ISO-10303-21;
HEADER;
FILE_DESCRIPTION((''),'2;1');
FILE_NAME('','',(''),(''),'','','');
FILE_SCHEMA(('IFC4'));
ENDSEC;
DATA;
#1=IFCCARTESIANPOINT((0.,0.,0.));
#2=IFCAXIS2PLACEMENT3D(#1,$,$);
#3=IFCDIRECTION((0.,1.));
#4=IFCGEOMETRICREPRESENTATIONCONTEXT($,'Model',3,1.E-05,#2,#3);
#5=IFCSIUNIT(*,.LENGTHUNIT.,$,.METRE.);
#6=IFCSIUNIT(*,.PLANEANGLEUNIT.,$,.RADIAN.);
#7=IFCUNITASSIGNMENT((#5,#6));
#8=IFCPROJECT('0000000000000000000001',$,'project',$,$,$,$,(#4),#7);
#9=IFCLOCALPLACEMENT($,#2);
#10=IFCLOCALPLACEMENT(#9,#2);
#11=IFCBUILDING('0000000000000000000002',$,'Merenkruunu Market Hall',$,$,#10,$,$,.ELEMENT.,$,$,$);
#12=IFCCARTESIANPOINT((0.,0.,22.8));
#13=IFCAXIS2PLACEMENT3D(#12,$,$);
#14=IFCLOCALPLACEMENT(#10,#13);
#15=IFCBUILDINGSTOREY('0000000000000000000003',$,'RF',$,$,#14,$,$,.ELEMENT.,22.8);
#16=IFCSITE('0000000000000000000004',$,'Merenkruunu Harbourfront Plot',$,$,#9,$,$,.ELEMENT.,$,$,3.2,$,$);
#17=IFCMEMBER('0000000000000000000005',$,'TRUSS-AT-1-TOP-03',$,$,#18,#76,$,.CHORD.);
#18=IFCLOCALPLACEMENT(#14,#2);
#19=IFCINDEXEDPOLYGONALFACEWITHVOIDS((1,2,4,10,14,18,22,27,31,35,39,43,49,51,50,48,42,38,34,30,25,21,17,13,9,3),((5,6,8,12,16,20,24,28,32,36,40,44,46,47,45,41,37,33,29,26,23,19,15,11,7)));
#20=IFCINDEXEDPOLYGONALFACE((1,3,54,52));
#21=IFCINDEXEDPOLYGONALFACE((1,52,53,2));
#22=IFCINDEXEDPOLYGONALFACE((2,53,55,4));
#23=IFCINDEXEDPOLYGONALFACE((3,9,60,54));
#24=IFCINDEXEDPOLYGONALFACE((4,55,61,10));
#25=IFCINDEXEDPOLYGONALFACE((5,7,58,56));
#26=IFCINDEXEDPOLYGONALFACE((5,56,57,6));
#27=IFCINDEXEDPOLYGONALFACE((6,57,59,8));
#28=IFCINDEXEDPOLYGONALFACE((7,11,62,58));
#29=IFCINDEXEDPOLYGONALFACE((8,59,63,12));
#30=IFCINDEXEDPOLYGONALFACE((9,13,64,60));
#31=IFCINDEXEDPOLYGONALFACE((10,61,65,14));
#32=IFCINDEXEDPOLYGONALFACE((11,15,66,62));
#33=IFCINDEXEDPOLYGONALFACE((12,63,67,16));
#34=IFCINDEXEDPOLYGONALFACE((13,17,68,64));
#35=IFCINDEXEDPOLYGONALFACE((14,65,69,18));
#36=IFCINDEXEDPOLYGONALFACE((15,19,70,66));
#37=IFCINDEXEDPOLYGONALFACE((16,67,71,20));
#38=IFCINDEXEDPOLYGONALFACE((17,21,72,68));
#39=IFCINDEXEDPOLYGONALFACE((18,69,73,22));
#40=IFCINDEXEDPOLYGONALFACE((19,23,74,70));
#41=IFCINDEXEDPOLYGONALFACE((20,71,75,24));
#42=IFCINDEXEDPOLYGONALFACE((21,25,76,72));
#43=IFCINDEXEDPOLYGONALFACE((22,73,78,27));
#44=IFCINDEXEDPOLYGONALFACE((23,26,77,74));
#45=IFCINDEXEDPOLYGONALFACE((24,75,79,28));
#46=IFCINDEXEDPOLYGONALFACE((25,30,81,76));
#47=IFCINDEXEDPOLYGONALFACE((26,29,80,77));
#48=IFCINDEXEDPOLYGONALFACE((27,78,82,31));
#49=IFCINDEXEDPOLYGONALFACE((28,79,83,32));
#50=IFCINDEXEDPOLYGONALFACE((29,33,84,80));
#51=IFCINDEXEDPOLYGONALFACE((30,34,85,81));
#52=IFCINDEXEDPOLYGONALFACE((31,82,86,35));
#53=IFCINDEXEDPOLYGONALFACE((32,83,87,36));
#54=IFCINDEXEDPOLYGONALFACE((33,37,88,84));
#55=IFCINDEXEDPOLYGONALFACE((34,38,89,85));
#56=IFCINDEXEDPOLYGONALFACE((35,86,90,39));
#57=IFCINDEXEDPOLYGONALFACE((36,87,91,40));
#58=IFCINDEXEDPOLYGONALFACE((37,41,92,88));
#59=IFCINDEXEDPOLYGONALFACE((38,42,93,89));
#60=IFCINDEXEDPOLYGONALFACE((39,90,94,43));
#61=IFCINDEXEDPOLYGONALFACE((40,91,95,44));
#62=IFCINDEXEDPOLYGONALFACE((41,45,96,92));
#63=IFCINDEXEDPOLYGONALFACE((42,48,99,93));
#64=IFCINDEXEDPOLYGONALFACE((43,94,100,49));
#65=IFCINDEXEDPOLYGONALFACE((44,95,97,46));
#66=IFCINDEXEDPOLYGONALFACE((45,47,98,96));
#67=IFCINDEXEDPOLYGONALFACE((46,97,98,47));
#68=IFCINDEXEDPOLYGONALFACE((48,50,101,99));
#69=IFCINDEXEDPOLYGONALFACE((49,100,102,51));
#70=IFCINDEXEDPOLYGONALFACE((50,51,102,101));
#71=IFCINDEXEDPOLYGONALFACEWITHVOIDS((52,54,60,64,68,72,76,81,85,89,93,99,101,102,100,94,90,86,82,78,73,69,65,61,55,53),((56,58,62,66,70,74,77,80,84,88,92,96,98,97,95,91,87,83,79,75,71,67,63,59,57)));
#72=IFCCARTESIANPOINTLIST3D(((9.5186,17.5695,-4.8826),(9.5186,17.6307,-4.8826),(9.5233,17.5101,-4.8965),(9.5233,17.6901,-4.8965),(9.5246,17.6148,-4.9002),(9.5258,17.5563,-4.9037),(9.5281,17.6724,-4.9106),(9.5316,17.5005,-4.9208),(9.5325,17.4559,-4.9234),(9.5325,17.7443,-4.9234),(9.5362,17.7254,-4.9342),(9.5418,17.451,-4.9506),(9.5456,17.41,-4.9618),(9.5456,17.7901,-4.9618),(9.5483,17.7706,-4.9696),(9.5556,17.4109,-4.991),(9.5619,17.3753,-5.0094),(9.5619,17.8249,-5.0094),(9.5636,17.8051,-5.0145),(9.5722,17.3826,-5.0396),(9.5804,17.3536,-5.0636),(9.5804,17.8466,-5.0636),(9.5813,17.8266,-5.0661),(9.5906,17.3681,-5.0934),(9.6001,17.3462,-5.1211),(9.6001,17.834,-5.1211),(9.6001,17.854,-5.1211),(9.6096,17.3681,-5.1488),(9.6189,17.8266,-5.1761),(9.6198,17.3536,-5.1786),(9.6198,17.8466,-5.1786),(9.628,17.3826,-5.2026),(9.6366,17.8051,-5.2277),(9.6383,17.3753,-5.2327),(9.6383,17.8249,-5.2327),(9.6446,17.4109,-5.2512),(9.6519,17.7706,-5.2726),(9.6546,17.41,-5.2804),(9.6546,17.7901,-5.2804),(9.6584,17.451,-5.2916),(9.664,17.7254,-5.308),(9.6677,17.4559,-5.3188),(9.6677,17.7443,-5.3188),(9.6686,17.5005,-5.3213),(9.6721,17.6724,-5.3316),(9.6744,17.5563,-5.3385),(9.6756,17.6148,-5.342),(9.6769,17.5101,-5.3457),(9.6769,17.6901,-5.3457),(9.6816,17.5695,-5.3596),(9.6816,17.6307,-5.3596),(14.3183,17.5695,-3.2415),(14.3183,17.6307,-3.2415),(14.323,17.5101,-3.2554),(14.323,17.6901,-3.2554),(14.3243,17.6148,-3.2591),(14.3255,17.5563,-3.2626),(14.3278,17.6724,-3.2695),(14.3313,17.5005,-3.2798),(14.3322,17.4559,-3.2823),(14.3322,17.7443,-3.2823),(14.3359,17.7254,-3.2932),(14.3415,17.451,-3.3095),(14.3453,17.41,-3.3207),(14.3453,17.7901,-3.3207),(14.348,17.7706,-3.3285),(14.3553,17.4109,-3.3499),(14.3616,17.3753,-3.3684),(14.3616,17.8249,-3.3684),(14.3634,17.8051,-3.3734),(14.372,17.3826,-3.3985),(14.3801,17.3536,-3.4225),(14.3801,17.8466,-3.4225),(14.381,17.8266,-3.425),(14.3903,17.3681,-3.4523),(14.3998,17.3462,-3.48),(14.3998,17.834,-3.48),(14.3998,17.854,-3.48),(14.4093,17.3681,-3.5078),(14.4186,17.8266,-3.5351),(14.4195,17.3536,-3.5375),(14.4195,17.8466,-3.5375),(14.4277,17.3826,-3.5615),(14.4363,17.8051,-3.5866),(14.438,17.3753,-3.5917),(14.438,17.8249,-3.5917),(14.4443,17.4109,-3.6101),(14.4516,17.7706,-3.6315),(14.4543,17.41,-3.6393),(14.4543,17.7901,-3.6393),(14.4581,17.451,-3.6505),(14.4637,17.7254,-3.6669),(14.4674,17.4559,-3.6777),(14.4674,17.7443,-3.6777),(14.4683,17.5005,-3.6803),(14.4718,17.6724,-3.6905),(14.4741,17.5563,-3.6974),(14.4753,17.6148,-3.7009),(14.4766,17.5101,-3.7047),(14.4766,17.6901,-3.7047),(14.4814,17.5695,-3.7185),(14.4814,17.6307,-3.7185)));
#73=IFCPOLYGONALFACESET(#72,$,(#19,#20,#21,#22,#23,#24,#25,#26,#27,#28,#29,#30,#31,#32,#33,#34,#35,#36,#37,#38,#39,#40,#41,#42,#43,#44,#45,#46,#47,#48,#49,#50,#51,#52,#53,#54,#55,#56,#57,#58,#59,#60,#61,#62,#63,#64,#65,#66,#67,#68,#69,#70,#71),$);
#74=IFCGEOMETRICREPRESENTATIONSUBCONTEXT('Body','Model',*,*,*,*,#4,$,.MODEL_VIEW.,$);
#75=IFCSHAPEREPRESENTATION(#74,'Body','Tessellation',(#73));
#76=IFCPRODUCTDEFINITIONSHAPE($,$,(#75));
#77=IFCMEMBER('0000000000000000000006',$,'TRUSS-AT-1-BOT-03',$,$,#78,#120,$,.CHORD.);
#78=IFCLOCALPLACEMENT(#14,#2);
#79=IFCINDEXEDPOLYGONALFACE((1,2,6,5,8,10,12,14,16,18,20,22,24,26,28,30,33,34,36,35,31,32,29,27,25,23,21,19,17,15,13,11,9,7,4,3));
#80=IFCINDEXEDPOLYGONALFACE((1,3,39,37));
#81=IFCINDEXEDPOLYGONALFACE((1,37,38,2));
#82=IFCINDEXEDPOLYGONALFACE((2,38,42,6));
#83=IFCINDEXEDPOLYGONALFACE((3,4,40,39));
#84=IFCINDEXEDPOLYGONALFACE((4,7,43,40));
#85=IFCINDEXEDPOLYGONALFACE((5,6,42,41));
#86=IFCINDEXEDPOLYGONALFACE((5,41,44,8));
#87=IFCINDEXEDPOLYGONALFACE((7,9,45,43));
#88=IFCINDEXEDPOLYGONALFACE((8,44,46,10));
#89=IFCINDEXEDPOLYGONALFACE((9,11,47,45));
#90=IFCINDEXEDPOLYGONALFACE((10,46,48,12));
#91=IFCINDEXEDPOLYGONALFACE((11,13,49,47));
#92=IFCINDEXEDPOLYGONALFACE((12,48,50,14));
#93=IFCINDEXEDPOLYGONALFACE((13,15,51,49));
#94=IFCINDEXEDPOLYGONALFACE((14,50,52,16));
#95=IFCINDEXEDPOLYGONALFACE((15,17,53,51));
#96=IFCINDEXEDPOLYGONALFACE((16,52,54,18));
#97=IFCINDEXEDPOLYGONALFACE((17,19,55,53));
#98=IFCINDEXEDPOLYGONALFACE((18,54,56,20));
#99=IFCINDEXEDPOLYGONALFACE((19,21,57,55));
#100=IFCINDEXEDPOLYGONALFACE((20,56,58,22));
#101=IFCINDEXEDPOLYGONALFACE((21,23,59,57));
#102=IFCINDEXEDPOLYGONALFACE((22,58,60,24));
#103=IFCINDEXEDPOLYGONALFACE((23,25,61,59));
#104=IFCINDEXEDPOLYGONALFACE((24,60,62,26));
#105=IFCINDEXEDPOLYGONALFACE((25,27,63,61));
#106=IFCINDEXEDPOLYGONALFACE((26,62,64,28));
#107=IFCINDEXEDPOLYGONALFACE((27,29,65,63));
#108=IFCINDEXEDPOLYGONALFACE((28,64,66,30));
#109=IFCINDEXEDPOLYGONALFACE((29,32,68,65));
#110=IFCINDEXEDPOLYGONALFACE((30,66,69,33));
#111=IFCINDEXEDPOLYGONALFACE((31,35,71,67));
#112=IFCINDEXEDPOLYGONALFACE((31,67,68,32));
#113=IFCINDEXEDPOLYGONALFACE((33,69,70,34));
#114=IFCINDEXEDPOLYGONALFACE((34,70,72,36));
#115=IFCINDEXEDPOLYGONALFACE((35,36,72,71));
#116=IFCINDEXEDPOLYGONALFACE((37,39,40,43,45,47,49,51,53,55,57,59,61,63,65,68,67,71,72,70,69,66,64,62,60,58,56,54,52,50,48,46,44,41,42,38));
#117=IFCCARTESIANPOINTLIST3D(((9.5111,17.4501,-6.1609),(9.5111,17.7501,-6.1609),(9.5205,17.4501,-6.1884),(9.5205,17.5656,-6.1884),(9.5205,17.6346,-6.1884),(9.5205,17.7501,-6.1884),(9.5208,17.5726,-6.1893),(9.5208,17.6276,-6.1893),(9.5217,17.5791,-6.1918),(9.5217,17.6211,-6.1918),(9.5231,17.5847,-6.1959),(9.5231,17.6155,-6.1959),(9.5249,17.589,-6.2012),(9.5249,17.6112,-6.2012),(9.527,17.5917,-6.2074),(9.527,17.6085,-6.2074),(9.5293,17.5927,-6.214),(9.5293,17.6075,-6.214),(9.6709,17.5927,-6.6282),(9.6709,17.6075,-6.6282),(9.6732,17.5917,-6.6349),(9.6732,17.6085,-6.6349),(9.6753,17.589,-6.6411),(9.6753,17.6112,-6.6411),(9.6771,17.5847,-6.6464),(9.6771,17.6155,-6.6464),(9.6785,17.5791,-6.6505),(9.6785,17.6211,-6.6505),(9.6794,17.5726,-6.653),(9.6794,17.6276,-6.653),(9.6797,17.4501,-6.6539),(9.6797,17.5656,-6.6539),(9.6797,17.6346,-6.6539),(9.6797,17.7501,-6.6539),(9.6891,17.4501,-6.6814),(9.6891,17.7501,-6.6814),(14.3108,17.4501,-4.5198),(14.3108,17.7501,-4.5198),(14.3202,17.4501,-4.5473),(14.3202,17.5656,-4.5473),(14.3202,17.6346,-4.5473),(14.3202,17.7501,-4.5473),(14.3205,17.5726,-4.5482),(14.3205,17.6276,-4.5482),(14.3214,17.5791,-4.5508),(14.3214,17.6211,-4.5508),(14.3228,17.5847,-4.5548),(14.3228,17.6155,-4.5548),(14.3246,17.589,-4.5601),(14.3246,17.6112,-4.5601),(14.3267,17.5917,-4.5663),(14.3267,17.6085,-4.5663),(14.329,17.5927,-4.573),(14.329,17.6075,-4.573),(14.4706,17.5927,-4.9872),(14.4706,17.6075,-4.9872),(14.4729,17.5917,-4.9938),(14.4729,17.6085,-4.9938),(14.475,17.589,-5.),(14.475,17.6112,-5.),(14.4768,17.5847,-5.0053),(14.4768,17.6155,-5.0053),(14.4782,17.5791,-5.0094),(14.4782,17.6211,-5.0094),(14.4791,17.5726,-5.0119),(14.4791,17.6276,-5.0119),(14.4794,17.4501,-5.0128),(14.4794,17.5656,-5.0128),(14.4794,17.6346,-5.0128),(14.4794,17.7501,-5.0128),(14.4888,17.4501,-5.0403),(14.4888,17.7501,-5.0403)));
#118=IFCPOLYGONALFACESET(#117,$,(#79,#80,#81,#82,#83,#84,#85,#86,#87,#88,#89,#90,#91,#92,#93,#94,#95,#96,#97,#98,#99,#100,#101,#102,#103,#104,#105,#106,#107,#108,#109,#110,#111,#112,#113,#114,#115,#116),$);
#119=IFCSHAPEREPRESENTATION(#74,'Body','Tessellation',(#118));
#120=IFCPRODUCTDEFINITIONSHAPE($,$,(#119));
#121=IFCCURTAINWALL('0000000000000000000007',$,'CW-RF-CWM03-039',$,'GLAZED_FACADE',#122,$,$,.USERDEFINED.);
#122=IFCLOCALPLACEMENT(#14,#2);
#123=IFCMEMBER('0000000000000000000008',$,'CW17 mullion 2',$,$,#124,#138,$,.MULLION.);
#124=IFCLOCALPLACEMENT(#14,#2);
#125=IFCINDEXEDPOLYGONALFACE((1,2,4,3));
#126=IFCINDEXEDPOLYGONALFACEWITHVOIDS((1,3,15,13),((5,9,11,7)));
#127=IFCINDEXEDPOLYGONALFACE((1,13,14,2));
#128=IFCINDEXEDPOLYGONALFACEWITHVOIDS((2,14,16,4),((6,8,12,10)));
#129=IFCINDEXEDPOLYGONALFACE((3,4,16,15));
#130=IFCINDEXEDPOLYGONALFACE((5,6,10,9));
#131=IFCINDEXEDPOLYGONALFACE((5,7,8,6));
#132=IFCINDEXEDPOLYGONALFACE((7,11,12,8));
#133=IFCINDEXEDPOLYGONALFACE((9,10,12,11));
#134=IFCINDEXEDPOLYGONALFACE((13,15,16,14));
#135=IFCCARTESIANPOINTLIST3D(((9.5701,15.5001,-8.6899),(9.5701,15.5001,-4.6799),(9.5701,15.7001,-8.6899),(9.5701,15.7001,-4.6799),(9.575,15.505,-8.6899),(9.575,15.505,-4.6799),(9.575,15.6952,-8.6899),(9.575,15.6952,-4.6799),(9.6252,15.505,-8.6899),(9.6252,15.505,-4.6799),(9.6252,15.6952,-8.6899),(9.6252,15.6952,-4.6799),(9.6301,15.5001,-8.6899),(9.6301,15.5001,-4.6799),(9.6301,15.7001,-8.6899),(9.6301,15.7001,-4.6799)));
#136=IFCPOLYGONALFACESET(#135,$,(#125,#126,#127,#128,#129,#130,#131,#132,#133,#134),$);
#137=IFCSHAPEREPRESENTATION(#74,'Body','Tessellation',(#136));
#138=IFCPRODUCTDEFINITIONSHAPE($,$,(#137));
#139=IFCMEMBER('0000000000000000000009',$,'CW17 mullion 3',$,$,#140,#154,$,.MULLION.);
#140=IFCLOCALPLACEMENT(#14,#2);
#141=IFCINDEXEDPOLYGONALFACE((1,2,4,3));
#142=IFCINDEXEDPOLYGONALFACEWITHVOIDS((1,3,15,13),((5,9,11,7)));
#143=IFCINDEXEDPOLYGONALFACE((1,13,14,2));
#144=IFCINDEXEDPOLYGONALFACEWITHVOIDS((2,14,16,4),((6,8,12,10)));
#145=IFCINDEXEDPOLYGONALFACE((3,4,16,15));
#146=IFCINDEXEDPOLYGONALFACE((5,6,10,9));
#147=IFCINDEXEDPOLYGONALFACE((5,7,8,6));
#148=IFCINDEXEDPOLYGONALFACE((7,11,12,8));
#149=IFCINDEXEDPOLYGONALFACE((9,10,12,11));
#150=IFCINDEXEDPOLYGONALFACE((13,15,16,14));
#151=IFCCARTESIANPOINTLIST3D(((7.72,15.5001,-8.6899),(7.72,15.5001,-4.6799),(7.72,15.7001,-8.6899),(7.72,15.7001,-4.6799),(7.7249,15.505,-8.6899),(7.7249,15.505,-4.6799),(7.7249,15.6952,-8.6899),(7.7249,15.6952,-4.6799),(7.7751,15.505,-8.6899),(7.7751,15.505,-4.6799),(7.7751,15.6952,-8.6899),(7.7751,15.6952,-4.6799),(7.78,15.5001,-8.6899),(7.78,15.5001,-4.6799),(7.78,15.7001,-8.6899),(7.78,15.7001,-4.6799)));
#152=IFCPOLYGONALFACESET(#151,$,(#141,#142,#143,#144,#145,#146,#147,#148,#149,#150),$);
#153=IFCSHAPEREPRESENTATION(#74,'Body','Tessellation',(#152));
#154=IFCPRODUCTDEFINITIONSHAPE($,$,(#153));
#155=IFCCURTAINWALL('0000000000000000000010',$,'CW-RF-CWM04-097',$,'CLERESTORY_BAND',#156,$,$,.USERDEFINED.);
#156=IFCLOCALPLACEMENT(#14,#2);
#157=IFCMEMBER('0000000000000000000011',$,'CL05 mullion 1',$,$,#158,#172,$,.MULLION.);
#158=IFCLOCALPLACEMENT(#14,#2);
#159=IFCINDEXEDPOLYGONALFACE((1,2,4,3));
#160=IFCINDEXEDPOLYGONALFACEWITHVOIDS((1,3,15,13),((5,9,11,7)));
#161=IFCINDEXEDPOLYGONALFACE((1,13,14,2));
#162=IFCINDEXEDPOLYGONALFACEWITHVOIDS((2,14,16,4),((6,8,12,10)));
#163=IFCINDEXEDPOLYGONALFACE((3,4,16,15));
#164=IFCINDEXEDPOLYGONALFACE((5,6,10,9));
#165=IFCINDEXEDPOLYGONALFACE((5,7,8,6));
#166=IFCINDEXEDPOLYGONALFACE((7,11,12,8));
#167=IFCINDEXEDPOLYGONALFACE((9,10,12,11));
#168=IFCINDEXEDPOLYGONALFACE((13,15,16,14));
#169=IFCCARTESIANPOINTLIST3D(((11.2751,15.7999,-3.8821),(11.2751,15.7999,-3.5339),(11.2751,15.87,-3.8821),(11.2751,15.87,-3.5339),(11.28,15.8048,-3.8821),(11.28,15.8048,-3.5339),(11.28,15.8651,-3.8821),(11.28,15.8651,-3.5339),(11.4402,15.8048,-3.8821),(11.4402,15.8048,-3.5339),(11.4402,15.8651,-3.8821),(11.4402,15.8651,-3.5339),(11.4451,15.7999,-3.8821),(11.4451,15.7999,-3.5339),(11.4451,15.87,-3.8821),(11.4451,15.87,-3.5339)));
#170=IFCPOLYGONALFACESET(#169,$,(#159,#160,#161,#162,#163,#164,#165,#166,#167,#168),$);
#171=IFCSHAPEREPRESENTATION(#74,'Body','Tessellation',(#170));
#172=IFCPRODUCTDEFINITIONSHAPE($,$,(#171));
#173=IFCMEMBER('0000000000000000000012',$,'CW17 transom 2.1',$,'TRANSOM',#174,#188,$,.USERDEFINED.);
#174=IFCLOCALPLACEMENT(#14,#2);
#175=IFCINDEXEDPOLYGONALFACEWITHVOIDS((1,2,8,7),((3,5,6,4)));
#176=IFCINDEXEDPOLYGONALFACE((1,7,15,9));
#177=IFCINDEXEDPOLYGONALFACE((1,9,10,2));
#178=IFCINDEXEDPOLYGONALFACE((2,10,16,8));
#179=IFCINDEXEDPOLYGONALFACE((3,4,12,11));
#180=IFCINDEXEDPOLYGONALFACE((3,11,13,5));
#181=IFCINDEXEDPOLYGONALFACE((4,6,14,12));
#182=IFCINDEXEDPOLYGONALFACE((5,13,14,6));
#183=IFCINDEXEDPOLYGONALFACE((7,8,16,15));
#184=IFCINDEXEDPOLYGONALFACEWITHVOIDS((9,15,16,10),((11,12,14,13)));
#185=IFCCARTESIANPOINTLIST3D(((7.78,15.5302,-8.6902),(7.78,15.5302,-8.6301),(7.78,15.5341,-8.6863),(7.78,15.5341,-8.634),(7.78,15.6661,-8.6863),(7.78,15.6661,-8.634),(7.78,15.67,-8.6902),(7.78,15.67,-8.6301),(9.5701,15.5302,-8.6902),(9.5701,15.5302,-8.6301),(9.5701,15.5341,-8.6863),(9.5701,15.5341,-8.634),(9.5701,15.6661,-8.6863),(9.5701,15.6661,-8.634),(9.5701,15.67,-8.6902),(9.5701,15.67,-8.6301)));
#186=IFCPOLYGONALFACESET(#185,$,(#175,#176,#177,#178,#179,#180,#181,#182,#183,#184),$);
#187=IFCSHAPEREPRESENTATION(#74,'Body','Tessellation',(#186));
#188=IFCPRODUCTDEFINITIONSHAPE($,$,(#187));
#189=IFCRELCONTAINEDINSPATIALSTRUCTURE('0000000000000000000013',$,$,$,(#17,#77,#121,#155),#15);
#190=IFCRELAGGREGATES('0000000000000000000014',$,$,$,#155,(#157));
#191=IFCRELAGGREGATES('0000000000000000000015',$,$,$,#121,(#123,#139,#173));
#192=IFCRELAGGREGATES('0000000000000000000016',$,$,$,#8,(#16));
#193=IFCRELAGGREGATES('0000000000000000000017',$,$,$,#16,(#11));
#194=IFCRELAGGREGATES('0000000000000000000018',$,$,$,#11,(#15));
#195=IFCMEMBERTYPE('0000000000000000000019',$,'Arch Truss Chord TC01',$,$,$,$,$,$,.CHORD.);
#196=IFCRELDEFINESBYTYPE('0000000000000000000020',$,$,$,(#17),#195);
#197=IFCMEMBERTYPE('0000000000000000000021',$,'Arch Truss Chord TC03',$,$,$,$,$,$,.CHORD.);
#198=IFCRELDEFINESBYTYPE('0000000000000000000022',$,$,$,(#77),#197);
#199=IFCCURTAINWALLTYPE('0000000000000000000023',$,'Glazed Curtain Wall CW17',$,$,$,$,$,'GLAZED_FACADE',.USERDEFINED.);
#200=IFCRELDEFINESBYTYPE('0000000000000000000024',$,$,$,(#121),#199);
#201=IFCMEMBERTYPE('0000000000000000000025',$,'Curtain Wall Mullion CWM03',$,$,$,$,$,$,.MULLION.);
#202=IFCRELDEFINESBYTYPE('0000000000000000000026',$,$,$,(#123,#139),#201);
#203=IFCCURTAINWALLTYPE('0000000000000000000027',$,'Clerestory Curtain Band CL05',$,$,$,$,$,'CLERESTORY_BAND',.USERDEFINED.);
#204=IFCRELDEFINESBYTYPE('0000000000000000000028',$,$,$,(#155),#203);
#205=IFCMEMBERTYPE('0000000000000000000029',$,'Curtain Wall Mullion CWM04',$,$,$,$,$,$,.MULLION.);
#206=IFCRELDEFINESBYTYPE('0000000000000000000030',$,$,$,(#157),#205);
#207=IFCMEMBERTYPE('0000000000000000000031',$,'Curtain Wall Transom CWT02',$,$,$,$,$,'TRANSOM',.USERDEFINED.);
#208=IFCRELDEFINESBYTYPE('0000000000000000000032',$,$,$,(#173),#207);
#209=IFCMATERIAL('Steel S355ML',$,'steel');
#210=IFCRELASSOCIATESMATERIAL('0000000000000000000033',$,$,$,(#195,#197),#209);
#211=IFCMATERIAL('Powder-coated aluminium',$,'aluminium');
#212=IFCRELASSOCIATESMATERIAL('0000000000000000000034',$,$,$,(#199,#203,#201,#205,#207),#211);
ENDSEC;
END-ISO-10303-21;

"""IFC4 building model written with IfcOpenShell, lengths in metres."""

from ifc_helpers import new_model, si_unit, direction, frame, origin, origin_2d, place, context, subcontext, project, spatial, hollow_rectangle, hollow_circle, i_section, extrude, material, material_profile, profile_set, type_object, element, aggregate, save


model = new_model("IFC4")

# Units and contexts
model_context = context("Model", 3, precision=1e-05, world=origin(), true_north=direction((0.0, 1.0)))
body_context = subcontext(model_context, "Body", "Model", "MODEL_VIEW")
ifc_project = project(units=[si_unit("LENGTHUNIT", "METRE"), si_unit("PLANEANGLEUNIT", "RADIAN")], contexts=[model_context])

# Site, building, storey
site_placement = place(None, origin())
site = spatial("IfcSite", under=ifc_project, at=site_placement, Name="Merenkruunu Harbourfront Plot", CompositionType="ELEMENT", RefElevation=3.2)
building_placement = place(site_placement, origin())
building = spatial("IfcBuilding", under=site, at=building_placement, Name="Merenkruunu Market Hall", CompositionType="ELEMENT")
storey_placement = place(building_placement, frame((0.0, 0.0, 22.8)))
storey = spatial("IfcBuildingStorey", under=building, at=storey_placement, Name="RF", CompositionType="ELEMENT", Elevation=22.8)

# Members
ifc_material_1 = material(Name="Steel S355ML", Category="steel")
ifc_material_profile_1 = material_profile(ifc_material_1, hollow_circle(Radius=0.2539, WallThickness=0.02, at=origin_2d()), Name="CHS 508x20")
ifc_profile_set_1 = profile_set([ifc_material_profile_1], Name="Steel S355ML")
member_type_1 = type_object("IfcMemberType", Name="Arch Truss Chord TC01", PredefinedType="CHORD", material=ifc_profile_set_1)
member_1_placement = place(storey_placement, frame((9.6001, 17.6001, -5.1211), z_axis=(0.94622, 0.0, 0.323524), x_axis=(0.0, 1.0, 0.0)))
element("IfcMember", 1, at=member_1_placement, inside=storey, type_object=member_type_1, Name="TRUSS-AT-1-TOP-03", PredefinedType="CHORD", context=body_context, shape_type="SweptSolid", body=[
    extrude(hollow_circle(Radius=0.2539, WallThickness=0.02, at=origin_2d()), origin(), (0.0, 0.0, 1.0), 5.0725),
])
ifc_material_profile_2 = material_profile(ifc_material_1, i_section(OverallWidth=0.3, OverallDepth=0.55, WebThickness=0.0149, FlangeThickness=0.0291, FilletRadius=0.0271, at=origin_2d()), Name="HEB 550")
ifc_profile_set_2 = profile_set([ifc_material_profile_2], Name="Steel S355ML")
member_type_2 = type_object("IfcMemberType", Name="Arch Truss Chord TC03", PredefinedType="CHORD", material=ifc_profile_set_2)
member_2_placement = place(storey_placement, frame((9.6001, 17.6001, -6.4211), z_axis=(0.94622, 0.0, 0.323524), x_axis=(0.0, 1.0, 0.0)))
element("IfcMember", 2, at=member_2_placement, inside=storey, type_object=member_type_2, Name="TRUSS-AT-1-BOT-03", PredefinedType="CHORD", context=body_context, shape_type="SweptSolid", body=[
    extrude(i_section(OverallWidth=0.3, OverallDepth=0.55, WebThickness=0.0149, FlangeThickness=0.0291, FilletRadius=0.0271, at=origin_2d()), origin(), (0.0, 0.0, 1.0), 5.0725),
])

# Curtain wall, members
ifc_material_2 = material(Name="Powder-coated aluminium", Category="aluminium")
curtain_wall_type_1 = type_object("IfcCurtainWallType", Name="Glazed Curtain Wall CW17", ElementType="GLAZED_FACADE", PredefinedType="USERDEFINED", material=ifc_material_2)
curtain_wall_1_placement = place(storey_placement, origin())
curtain_wall_1 = element("IfcCurtainWall", 3, at=curtain_wall_1_placement, inside=storey, type_object=curtain_wall_type_1, Name="CW-RF-CWM03-039", ObjectType="GLAZED_FACADE", PredefinedType="USERDEFINED")
ifc_material_profile_3 = material_profile(ifc_material_2, hollow_rectangle(XDim=0.0601, YDim=0.2, WallThickness=0.0049, at=origin_2d()), Name="ALU 60x200x5")
ifc_profile_set_3 = profile_set([ifc_material_profile_3], Name="Powder-coated aluminium")
member_type_3 = type_object("IfcMemberType", Name="Curtain Wall Mullion CWM03", PredefinedType="MULLION", material=ifc_profile_set_3)
member_3_placement = place(storey_placement, frame((9.6001, 15.6001, -8.6899), z_axis=(0.0, 0.0, 1.0), x_axis=(-1.0, 0.0, 0.0)))
member_3 = element("IfcMember", 4, at=member_3_placement, type_object=member_type_3, Name="CW17 mullion 2", PredefinedType="MULLION", context=body_context, shape_type="SweptSolid", body=[
    extrude(hollow_rectangle(XDim=0.0601, YDim=0.2, WallThickness=0.0049, at=origin_2d()), origin(), (0.0, 0.0, 1.0), 4.01),
])
member_4_placement = place(storey_placement, frame((7.75, 15.6001, -8.6899), z_axis=(0.0, 0.0, 1.0), x_axis=(-1.0, 0.0, 0.0)))
member_4 = element("IfcMember", 5, at=member_4_placement, type_object=member_type_3, Name="CW17 mullion 3", PredefinedType="MULLION", context=body_context, shape_type="SweptSolid", body=[
    extrude(hollow_rectangle(XDim=0.0601, YDim=0.2, WallThickness=0.0049, at=origin_2d()), origin(), (0.0, 0.0, 1.0), 4.01),
])

# Curtain wall, member
curtain_wall_type_2 = type_object("IfcCurtainWallType", Name="Clerestory Curtain Band CL05", ElementType="CLERESTORY_BAND", PredefinedType="USERDEFINED", material=ifc_material_2)
curtain_wall_2_placement = place(storey_placement, origin())
curtain_wall_2 = element("IfcCurtainWall", 6, at=curtain_wall_2_placement, inside=storey, type_object=curtain_wall_type_2, Name="CW-RF-CWM04-097", ObjectType="CLERESTORY_BAND", PredefinedType="USERDEFINED")
ifc_material_profile_4 = material_profile(ifc_material_2, hollow_rectangle(XDim=0.0701, YDim=0.1699, WallThickness=0.0049, at=origin_2d()), Name="ALU 70x170x5")
ifc_profile_set_4 = profile_set([ifc_material_profile_4], Name="Powder-coated aluminium")
member_type_4 = type_object("IfcMemberType", Name="Curtain Wall Mullion CWM04", PredefinedType="MULLION", material=ifc_profile_set_4)
member_5_placement = place(storey_placement, frame((11.3601, 15.835, -3.8821), z_axis=(0.0, 0.0, 1.0), x_axis=(0.0, 1.0, 0.0)))
member_5 = element("IfcMember", 7, at=member_5_placement, type_object=member_type_4, Name="CL05 mullion 1", PredefinedType="MULLION", context=body_context, shape_type="SweptSolid", body=[
    extrude(hollow_rectangle(XDim=0.0701, YDim=0.1699, WallThickness=0.0049, at=origin_2d()), origin(), (0.0, 0.0, 1.0), 0.3481),
])

# Member
ifc_material_profile_5 = material_profile(ifc_material_2, hollow_rectangle(XDim=0.0601, YDim=0.1399, WallThickness=0.0039, at=origin_2d()), Name="ALU 60x140x4")
ifc_profile_set_5 = profile_set([ifc_material_profile_5], Name="Powder-coated aluminium")
member_type_5 = type_object("IfcMemberType", Name="Curtain Wall Transom CWT02", ElementType="TRANSOM", PredefinedType="USERDEFINED", material=ifc_profile_set_5)
member_6_placement = place(storey_placement, frame((9.5701, 15.6001, -8.6602), z_axis=(-1.0, 0.0, 0.0), x_axis=(0.0, 0.0, 1.0)))
member_6 = element("IfcMember", 8, at=member_6_placement, type_object=member_type_5, Name="CW17 transom 2.1", ObjectType="TRANSOM", PredefinedType="USERDEFINED", context=body_context, shape_type="SweptSolid", body=[
    extrude(hollow_rectangle(XDim=0.0601, YDim=0.1399, WallThickness=0.0039, at=origin_2d()), origin(), (0.0, 0.0, 1.0), 1.79),
])
aggregate(curtain_wall_2, [member_5])

aggregate(curtain_wall_1, [member_3, member_4, member_6])

save(model, "model.ifc")
